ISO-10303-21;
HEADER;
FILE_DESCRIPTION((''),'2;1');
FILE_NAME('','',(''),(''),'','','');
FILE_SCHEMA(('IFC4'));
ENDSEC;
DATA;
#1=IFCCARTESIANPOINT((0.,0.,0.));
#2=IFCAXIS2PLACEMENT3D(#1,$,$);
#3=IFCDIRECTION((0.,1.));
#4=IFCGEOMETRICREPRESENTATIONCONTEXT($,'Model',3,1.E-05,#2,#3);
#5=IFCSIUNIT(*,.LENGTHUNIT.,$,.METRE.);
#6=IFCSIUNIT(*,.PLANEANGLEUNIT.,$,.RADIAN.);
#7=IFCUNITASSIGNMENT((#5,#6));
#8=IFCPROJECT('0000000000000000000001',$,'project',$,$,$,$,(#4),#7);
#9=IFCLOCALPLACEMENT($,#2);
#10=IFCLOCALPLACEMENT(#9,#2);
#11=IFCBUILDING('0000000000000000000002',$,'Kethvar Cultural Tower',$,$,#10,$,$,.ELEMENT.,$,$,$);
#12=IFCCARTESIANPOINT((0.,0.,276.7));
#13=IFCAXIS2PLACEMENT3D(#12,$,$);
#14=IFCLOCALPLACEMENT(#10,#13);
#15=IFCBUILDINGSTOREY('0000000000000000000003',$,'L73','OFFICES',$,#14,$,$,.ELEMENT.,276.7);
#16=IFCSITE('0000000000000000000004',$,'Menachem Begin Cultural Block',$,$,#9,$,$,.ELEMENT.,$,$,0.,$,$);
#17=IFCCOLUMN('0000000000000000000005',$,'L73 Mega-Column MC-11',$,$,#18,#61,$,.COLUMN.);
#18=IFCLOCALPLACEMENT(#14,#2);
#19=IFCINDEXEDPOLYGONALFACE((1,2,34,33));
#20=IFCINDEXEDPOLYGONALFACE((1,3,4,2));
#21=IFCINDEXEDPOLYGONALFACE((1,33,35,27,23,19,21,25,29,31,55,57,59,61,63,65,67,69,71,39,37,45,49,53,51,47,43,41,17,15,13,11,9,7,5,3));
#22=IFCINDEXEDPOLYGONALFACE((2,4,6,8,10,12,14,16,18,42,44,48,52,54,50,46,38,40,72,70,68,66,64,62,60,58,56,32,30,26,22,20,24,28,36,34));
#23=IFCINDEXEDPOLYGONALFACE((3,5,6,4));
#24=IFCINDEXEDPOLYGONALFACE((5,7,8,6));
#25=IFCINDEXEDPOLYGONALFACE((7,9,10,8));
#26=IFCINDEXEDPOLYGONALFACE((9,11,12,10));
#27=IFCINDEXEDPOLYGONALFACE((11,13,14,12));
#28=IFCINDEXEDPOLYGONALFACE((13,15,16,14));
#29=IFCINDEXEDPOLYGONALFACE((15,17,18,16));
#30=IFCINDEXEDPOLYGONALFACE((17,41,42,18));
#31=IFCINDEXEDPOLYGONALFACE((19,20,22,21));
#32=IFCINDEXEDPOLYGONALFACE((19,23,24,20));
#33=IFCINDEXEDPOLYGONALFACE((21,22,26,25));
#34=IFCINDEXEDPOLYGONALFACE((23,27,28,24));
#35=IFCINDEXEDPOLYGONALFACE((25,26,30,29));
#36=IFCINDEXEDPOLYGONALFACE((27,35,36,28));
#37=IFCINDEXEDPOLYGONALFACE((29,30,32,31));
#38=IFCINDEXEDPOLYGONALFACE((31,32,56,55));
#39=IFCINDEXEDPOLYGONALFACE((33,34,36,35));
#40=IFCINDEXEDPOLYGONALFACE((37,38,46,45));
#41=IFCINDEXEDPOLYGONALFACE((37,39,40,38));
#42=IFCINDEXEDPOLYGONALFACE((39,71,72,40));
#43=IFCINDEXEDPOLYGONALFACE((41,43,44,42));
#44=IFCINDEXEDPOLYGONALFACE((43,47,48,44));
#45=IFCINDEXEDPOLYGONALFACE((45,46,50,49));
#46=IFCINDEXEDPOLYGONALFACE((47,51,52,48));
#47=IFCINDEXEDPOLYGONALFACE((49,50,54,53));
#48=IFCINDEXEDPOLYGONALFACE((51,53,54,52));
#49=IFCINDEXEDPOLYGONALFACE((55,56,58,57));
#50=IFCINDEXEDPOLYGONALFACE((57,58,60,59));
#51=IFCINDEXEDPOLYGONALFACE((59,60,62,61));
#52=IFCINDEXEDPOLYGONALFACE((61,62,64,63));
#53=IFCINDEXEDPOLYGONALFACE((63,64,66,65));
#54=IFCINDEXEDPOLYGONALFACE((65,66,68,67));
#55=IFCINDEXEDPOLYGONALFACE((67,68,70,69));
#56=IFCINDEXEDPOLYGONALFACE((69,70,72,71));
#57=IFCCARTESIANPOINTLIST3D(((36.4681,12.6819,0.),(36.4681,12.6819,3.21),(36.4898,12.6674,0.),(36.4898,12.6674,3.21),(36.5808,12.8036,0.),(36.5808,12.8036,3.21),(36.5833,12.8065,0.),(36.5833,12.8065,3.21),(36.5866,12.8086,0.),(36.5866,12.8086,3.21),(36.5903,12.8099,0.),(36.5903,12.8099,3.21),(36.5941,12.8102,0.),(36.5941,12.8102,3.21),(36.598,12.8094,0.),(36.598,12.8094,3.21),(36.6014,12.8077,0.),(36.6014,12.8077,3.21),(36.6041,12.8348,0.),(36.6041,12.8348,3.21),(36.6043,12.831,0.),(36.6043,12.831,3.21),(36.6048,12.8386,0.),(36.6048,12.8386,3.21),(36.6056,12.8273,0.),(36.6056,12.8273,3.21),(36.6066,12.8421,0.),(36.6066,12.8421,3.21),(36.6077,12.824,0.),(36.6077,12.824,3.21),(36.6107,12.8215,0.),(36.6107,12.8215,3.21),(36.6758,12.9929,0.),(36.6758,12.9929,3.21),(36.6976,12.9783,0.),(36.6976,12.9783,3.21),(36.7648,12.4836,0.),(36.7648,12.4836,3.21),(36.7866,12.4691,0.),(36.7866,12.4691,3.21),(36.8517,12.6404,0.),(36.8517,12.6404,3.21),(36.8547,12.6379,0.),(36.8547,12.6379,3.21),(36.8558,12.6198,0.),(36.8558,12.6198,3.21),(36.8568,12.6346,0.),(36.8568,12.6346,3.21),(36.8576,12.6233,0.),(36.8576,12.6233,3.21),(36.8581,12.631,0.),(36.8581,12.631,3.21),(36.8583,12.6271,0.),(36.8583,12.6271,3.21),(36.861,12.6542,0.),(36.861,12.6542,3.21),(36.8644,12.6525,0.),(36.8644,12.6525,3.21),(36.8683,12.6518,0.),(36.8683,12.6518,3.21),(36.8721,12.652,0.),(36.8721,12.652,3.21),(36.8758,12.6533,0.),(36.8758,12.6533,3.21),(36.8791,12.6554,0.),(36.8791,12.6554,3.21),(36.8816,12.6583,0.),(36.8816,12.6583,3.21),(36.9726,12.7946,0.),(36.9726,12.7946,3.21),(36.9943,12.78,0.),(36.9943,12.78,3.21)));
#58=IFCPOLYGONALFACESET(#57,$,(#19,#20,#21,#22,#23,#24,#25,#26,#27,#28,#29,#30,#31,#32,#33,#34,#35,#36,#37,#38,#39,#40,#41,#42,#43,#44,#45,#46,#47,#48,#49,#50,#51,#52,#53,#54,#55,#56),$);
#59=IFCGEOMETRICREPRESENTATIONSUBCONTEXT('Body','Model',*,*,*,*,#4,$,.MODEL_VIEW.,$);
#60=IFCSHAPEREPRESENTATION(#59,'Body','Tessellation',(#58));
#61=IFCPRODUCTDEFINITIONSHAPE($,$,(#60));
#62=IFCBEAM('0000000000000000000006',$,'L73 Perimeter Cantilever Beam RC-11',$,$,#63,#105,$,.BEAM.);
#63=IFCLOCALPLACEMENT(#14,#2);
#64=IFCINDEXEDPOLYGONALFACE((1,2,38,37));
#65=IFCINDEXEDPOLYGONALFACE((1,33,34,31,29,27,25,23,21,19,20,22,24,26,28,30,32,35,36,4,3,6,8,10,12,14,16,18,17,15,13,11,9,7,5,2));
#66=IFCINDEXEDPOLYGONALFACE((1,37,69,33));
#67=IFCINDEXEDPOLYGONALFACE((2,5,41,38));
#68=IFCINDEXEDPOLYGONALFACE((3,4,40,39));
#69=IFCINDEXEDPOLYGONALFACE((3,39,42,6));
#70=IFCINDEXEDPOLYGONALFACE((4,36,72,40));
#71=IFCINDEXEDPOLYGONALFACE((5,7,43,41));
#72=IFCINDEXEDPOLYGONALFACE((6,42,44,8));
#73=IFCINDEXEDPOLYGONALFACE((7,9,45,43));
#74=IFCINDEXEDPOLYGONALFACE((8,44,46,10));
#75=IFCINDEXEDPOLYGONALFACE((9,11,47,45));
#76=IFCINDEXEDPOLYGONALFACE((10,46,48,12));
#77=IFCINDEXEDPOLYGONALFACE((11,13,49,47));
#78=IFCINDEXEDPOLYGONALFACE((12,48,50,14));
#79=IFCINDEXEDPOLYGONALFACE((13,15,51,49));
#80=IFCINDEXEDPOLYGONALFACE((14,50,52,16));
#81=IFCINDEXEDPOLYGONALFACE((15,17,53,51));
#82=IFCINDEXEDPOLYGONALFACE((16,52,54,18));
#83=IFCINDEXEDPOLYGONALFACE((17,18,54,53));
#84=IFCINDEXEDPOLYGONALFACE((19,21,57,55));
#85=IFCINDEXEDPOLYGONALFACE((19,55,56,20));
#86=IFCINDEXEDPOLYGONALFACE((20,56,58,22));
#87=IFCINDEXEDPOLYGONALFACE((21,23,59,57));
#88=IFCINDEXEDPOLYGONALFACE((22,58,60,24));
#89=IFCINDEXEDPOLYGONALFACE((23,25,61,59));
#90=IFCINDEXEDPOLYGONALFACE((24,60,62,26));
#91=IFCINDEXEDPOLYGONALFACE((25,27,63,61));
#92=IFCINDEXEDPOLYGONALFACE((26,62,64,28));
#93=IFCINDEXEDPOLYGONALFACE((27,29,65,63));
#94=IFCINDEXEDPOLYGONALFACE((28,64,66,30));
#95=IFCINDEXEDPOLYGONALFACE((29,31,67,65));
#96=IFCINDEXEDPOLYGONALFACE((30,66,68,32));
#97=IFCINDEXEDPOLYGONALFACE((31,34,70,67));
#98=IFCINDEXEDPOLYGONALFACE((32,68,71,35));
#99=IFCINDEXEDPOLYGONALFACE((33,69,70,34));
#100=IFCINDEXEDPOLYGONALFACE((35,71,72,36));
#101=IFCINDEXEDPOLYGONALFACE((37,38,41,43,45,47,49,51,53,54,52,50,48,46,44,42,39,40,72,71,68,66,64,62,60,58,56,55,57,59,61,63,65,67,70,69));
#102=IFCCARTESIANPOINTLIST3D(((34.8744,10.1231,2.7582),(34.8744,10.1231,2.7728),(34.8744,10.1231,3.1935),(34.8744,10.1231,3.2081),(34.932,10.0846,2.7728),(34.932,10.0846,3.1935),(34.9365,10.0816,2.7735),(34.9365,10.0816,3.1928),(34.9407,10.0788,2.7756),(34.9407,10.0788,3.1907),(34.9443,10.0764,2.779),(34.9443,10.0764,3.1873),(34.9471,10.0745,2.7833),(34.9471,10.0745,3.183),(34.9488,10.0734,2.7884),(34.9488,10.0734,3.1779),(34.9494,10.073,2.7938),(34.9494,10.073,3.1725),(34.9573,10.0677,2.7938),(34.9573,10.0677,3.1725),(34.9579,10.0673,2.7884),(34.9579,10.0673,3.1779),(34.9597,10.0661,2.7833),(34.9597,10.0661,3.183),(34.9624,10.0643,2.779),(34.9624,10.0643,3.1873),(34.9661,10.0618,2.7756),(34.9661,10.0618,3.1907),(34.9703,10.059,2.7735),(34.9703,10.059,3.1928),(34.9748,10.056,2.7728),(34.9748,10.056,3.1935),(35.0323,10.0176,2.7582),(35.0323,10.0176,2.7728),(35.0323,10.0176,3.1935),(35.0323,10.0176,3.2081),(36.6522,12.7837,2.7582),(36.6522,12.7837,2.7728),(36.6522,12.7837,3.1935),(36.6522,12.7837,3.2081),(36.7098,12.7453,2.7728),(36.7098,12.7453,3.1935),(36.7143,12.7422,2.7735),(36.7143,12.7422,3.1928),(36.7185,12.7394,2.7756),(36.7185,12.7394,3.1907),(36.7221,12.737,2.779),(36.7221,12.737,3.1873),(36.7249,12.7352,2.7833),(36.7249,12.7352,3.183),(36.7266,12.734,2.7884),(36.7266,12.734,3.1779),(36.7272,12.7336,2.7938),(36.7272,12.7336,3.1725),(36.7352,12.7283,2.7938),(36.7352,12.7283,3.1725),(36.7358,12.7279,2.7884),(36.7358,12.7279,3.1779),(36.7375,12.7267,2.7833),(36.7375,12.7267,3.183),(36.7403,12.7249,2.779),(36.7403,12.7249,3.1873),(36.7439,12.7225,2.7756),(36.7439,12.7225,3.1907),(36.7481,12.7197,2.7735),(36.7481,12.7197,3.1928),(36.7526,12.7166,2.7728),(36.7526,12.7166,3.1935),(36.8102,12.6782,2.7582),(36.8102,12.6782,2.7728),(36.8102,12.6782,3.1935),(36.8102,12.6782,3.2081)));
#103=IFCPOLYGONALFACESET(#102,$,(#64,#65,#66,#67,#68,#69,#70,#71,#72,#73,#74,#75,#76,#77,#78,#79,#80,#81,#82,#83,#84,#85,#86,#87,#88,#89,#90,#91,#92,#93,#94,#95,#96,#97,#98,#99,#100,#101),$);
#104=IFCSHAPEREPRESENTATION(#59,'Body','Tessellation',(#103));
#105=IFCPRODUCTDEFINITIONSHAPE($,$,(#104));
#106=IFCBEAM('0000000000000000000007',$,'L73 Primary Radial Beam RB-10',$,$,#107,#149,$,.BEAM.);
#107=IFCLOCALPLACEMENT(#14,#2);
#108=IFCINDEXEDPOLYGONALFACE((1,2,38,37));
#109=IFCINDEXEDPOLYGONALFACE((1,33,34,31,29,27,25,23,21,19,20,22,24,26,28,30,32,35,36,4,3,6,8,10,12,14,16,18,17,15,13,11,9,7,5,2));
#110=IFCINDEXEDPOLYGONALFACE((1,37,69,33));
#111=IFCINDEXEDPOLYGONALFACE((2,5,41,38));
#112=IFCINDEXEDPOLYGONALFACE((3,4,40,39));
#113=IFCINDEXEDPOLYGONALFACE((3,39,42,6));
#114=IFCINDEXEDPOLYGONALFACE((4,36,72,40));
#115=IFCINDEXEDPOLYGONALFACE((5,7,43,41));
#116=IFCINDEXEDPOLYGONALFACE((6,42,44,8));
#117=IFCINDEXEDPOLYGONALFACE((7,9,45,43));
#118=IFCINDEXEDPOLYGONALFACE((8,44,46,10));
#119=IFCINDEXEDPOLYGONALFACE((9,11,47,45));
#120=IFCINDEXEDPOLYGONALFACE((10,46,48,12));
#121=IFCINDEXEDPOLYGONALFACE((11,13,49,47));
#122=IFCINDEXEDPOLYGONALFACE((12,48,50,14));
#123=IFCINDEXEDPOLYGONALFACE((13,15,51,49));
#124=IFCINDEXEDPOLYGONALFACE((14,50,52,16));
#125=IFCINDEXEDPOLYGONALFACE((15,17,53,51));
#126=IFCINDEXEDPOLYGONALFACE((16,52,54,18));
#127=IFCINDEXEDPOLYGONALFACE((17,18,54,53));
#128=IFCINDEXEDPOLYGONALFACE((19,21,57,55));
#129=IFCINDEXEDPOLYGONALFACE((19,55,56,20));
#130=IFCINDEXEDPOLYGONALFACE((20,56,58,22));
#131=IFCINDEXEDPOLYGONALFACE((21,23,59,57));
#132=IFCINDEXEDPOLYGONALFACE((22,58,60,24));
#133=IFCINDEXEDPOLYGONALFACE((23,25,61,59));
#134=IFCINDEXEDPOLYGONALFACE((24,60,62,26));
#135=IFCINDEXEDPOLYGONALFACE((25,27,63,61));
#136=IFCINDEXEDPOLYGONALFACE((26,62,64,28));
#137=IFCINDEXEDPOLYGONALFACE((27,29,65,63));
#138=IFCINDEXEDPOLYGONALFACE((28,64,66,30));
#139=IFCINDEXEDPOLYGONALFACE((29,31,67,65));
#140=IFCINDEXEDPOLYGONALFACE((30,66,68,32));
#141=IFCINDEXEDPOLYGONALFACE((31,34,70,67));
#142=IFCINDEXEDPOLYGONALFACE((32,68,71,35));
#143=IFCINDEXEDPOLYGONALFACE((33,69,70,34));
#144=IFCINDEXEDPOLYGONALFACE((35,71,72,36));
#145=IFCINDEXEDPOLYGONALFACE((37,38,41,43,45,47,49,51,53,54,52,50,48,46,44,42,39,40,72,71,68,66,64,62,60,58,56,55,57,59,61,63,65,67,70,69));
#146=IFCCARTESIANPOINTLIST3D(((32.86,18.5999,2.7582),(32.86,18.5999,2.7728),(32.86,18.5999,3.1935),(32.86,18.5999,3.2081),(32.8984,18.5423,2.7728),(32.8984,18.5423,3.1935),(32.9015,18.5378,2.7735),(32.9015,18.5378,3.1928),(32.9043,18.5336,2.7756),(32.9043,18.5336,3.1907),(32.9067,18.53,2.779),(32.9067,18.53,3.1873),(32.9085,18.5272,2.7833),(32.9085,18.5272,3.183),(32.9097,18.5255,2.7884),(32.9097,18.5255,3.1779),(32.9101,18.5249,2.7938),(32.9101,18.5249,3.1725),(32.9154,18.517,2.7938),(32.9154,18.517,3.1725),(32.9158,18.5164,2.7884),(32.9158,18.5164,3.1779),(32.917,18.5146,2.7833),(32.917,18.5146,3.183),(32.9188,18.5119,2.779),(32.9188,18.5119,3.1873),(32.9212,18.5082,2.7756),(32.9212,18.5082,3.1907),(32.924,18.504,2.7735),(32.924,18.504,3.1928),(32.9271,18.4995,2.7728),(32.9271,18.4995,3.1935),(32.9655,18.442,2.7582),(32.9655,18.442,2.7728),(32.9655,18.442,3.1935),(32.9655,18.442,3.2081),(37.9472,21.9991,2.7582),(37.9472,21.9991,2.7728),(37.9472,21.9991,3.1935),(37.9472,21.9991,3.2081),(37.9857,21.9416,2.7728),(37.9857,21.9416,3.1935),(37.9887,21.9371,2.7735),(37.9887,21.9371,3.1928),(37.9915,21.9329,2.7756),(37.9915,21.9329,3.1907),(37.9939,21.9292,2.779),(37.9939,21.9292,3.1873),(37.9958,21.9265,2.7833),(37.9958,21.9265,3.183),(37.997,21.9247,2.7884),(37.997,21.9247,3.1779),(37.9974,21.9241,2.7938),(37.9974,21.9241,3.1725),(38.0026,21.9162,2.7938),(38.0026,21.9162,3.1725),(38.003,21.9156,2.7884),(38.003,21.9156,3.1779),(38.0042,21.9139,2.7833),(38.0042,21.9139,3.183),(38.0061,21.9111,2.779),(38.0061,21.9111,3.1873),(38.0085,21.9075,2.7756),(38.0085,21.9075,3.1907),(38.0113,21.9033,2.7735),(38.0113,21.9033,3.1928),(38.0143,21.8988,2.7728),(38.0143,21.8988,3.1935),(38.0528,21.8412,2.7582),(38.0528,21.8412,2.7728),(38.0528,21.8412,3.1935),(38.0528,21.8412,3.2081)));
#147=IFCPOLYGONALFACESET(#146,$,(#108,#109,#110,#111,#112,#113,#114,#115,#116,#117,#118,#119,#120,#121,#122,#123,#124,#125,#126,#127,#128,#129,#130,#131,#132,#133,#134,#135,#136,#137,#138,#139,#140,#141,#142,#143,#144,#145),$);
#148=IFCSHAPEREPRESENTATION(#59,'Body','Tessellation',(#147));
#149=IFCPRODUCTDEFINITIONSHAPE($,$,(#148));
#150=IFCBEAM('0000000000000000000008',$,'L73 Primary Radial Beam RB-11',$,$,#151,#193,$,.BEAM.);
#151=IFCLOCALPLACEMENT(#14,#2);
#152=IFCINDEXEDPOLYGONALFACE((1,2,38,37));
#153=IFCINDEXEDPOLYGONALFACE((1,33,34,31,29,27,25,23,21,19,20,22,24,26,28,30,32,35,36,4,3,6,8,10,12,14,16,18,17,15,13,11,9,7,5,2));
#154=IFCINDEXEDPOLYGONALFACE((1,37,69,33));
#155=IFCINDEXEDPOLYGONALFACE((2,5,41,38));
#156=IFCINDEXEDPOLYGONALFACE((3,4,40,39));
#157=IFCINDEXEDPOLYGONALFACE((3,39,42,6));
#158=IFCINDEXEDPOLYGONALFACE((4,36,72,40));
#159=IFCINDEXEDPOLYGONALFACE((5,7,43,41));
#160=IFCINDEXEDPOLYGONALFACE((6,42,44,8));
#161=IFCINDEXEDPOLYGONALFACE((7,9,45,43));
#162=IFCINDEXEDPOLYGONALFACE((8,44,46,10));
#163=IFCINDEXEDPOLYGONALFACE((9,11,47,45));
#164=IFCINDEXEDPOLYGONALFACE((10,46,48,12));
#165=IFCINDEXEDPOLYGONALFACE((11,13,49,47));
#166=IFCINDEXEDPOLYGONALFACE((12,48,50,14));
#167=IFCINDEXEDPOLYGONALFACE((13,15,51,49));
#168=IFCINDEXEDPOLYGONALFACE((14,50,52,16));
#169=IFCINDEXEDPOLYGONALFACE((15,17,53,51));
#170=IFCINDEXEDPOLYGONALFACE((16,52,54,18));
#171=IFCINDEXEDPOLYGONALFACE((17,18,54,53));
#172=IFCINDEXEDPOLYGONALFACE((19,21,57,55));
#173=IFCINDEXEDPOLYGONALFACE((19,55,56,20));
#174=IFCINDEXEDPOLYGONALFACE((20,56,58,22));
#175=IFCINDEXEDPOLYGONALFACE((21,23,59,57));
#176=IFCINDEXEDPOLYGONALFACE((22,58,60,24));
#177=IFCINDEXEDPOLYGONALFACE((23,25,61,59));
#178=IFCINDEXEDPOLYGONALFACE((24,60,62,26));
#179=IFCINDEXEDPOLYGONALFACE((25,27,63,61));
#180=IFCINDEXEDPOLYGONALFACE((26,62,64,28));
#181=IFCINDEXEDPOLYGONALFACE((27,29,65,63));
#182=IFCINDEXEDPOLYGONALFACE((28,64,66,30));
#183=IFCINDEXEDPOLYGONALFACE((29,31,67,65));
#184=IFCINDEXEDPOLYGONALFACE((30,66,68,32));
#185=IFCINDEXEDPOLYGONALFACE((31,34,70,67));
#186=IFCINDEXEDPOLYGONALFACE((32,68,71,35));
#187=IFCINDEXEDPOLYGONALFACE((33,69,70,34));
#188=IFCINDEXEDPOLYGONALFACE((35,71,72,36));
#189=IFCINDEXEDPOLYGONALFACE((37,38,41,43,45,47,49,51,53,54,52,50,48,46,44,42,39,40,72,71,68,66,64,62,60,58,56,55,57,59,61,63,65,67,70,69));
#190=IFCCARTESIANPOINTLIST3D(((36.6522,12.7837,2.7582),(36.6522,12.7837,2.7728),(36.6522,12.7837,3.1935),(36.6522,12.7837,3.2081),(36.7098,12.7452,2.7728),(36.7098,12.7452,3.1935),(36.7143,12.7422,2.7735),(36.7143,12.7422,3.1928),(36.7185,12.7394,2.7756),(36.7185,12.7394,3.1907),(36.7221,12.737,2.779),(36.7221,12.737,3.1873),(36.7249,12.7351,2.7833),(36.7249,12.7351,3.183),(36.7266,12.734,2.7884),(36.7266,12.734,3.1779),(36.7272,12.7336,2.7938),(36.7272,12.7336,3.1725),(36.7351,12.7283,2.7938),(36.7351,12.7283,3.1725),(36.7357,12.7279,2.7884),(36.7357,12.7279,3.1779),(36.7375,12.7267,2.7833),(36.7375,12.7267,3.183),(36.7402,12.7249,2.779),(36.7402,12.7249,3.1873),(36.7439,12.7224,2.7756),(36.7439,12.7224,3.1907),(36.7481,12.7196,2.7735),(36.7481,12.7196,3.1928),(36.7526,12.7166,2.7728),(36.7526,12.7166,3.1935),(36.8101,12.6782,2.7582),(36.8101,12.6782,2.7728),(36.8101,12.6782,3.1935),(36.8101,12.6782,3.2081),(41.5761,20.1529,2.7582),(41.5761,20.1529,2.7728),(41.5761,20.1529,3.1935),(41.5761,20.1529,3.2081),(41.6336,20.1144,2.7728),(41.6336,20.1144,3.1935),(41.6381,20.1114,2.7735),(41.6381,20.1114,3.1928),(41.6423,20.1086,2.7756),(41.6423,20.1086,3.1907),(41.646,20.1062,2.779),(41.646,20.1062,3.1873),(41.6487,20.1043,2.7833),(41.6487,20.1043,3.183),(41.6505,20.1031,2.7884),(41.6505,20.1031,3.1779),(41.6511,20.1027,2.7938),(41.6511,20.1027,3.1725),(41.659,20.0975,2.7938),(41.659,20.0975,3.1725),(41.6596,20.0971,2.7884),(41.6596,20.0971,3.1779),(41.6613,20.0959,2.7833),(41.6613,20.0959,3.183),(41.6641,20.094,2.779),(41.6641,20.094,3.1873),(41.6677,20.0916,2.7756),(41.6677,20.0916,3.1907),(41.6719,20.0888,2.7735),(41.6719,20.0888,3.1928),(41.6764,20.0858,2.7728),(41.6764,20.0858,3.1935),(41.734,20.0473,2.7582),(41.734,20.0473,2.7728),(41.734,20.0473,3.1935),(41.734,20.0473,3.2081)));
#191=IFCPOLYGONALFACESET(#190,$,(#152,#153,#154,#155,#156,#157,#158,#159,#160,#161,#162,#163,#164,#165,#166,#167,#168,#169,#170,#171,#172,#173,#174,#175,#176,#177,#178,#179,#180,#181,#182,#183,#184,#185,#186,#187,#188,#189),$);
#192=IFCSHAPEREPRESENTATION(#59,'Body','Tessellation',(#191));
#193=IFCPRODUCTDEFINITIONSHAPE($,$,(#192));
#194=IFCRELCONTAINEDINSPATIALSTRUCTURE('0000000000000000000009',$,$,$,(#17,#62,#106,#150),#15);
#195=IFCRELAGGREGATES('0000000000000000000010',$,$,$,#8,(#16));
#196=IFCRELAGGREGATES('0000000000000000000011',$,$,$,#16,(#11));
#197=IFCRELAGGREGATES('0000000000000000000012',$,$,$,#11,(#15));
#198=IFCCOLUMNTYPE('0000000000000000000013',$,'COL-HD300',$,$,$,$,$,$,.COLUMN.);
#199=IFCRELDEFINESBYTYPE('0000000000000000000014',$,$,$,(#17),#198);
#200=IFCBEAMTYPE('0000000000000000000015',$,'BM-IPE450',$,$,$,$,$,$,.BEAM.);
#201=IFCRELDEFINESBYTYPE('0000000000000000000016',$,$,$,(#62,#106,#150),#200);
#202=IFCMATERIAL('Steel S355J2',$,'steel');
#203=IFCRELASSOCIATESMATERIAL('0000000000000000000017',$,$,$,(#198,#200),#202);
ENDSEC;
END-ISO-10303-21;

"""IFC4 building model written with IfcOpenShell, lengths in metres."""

from ifc_helpers import new_model, si_unit, direction, frame, origin, origin_2d, place, context, subcontext, project, spatial, i_section, extrude, source, transform, mapped, material, material_profile, profile_set, type_object, element, save


model = new_model("IFC4")

# Units and contexts
model_context = context("Model", 3, precision=1e-05, world=origin(), true_north=direction((0.0, 1.0)))
body_context = subcontext(model_context, "Body", "Model", "MODEL_VIEW")
ifc_project = project(units=[si_unit("LENGTHUNIT", "METRE"), si_unit("PLANEANGLEUNIT", "RADIAN")], contexts=[model_context])

# Site, building, storey
site_placement = place(None, origin())
site = spatial("IfcSite", under=ifc_project, at=site_placement, Name="Menachem Begin Cultural Block", CompositionType="ELEMENT", RefElevation=0.0)
building_placement = place(site_placement, origin())
building = spatial("IfcBuilding", under=site, at=building_placement, Name="Kethvar Cultural Tower", CompositionType="ELEMENT")
storey_placement = place(building_placement, frame((0.0, 0.0, 276.7)))
storey = spatial("IfcBuildingStorey", under=building, at=storey_placement, Name="L73", Description="OFFICES", CompositionType="ELEMENT", Elevation=276.7)

# Column
ifc_material_1 = material(Name="Steel S355J2", Category="steel")
ifc_material_profile_1 = material_profile(ifc_material_1, i_section(OverallWidth=0.374, OverallDepth=0.3831, WebThickness=0.0166, FlangeThickness=0.0261, FilletRadius=0.0149, at=origin_2d()), Name="Steel S355J2 — HD360x300")
ifc_profile_set_1 = profile_set([ifc_material_profile_1], Name="Steel S355J2 — HD360x300")
column_type = type_object("IfcColumnType", Name="COL-HD300", PredefinedType="COLUMN", material=ifc_profile_set_1)
shared_shape_1 = source(origin(), body_context, "Body", "SweptSolid", [
    extrude(i_section(OverallWidth=0.374, OverallDepth=0.3831, WebThickness=0.0166, FlangeThickness=0.0261, FilletRadius=0.0149, at=origin_2d()), origin(), (0.0, 0.0, 1.0), 3.21),
])
column_placement = place(storey_placement, frame((36.7312, 12.731, 0.0), z_axis=(0.0, 0.0, 1.0), x_axis=(-0.55557, -0.83147, 0.0)))
element("IfcColumn", 1, at=column_placement, inside=storey, type_object=column_type, Name="L73 Mega-Column MC-11", PredefinedType="COLUMN", context=body_context, shape_type="MappedRepresentation", body=[
    mapped(shared_shape_1, transform((0.0, 0.0, 0.0), scale=1.0)),
])

# Beams
ifc_material_profile_2 = material_profile(ifc_material_1, i_section(OverallWidth=0.1899, OverallDepth=0.45, WebThickness=0.0095, FlangeThickness=0.0146, FilletRadius=0.021, at=origin_2d()), Name="Steel S355J2 — IPE450")
ifc_profile_set_2 = profile_set([ifc_material_profile_2], Name="Steel S355J2 — IPE450")
beam_type_1 = type_object("IfcBeamType", Name="BM-IPE450", PredefinedType="BEAM", material=ifc_profile_set_2)
shared_shape_2 = source(origin(), body_context, "Body", "SweptSolid", [
    extrude(i_section(OverallWidth=0.1899, OverallDepth=0.45, WebThickness=0.0095, FlangeThickness=0.0146, FilletRadius=0.021, at=origin_2d()), origin(), (0.0, 0.0, 1.0), 3.2),
])
beam_1_placement = place(storey_placement, frame((36.7312, 12.731, 2.9832), z_axis=(-0.55558, -0.831463, 0.0), x_axis=(0.831463, -0.55558, 0.0)))
element("IfcBeam", 2, at=beam_1_placement, inside=storey, type_object=beam_type_1, Name="L73 Perimeter Cantilever Beam RC-11", PredefinedType="BEAM", context=body_context, shape_type="MappedRepresentation", body=[
    mapped(shared_shape_2, transform((0.0, 0.0, 0.0), scale=1.0)),
])
shared_shape_3 = source(origin(), body_context, "Body", "SweptSolid", [
    extrude(i_section(OverallWidth=0.1899, OverallDepth=0.45, WebThickness=0.0095, FlangeThickness=0.0146, FilletRadius=0.021, at=origin_2d()), origin(), (0.0, 0.0, 1.0), 6.1184),
])
beam_2_placement = place(storey_placement, frame((38.0, 21.9202, 2.9832), z_axis=(-0.831467, -0.555575, 0.0), x_axis=(0.555575, -0.831467, 0.0)))
element("IfcBeam", 3, at=beam_2_placement, inside=storey, type_object=beam_type_1, Name="L73 Primary Radial Beam RB-10", PredefinedType="BEAM", context=body_context, shape_type="MappedRepresentation", body=[
    mapped(shared_shape_3, transform((0.0, 0.0, 0.0), scale=1.0)),
])
shared_shape_4 = source(origin(), body_context, "Body", "SweptSolid", [
    extrude(i_section(OverallWidth=0.1899, OverallDepth=0.45, WebThickness=0.0095, FlangeThickness=0.0146, FilletRadius=0.021, at=origin_2d()), origin(), (0.0, 0.0, 1.0), 8.8628),
])
beam_3_placement = place(storey_placement, frame((41.655, 20.1001, 2.9832), z_axis=(-0.555564, -0.831473, 0.0), x_axis=(0.831473, -0.555564, 0.0)))
element("IfcBeam", 4, at=beam_3_placement, inside=storey, type_object=beam_type_1, Name="L73 Primary Radial Beam RB-11", PredefinedType="BEAM", context=body_context, shape_type="MappedRepresentation", body=[
    mapped(shared_shape_4, transform((0.0, 0.0, 0.0), scale=1.0)),
])

save(model, "model.ifc")
